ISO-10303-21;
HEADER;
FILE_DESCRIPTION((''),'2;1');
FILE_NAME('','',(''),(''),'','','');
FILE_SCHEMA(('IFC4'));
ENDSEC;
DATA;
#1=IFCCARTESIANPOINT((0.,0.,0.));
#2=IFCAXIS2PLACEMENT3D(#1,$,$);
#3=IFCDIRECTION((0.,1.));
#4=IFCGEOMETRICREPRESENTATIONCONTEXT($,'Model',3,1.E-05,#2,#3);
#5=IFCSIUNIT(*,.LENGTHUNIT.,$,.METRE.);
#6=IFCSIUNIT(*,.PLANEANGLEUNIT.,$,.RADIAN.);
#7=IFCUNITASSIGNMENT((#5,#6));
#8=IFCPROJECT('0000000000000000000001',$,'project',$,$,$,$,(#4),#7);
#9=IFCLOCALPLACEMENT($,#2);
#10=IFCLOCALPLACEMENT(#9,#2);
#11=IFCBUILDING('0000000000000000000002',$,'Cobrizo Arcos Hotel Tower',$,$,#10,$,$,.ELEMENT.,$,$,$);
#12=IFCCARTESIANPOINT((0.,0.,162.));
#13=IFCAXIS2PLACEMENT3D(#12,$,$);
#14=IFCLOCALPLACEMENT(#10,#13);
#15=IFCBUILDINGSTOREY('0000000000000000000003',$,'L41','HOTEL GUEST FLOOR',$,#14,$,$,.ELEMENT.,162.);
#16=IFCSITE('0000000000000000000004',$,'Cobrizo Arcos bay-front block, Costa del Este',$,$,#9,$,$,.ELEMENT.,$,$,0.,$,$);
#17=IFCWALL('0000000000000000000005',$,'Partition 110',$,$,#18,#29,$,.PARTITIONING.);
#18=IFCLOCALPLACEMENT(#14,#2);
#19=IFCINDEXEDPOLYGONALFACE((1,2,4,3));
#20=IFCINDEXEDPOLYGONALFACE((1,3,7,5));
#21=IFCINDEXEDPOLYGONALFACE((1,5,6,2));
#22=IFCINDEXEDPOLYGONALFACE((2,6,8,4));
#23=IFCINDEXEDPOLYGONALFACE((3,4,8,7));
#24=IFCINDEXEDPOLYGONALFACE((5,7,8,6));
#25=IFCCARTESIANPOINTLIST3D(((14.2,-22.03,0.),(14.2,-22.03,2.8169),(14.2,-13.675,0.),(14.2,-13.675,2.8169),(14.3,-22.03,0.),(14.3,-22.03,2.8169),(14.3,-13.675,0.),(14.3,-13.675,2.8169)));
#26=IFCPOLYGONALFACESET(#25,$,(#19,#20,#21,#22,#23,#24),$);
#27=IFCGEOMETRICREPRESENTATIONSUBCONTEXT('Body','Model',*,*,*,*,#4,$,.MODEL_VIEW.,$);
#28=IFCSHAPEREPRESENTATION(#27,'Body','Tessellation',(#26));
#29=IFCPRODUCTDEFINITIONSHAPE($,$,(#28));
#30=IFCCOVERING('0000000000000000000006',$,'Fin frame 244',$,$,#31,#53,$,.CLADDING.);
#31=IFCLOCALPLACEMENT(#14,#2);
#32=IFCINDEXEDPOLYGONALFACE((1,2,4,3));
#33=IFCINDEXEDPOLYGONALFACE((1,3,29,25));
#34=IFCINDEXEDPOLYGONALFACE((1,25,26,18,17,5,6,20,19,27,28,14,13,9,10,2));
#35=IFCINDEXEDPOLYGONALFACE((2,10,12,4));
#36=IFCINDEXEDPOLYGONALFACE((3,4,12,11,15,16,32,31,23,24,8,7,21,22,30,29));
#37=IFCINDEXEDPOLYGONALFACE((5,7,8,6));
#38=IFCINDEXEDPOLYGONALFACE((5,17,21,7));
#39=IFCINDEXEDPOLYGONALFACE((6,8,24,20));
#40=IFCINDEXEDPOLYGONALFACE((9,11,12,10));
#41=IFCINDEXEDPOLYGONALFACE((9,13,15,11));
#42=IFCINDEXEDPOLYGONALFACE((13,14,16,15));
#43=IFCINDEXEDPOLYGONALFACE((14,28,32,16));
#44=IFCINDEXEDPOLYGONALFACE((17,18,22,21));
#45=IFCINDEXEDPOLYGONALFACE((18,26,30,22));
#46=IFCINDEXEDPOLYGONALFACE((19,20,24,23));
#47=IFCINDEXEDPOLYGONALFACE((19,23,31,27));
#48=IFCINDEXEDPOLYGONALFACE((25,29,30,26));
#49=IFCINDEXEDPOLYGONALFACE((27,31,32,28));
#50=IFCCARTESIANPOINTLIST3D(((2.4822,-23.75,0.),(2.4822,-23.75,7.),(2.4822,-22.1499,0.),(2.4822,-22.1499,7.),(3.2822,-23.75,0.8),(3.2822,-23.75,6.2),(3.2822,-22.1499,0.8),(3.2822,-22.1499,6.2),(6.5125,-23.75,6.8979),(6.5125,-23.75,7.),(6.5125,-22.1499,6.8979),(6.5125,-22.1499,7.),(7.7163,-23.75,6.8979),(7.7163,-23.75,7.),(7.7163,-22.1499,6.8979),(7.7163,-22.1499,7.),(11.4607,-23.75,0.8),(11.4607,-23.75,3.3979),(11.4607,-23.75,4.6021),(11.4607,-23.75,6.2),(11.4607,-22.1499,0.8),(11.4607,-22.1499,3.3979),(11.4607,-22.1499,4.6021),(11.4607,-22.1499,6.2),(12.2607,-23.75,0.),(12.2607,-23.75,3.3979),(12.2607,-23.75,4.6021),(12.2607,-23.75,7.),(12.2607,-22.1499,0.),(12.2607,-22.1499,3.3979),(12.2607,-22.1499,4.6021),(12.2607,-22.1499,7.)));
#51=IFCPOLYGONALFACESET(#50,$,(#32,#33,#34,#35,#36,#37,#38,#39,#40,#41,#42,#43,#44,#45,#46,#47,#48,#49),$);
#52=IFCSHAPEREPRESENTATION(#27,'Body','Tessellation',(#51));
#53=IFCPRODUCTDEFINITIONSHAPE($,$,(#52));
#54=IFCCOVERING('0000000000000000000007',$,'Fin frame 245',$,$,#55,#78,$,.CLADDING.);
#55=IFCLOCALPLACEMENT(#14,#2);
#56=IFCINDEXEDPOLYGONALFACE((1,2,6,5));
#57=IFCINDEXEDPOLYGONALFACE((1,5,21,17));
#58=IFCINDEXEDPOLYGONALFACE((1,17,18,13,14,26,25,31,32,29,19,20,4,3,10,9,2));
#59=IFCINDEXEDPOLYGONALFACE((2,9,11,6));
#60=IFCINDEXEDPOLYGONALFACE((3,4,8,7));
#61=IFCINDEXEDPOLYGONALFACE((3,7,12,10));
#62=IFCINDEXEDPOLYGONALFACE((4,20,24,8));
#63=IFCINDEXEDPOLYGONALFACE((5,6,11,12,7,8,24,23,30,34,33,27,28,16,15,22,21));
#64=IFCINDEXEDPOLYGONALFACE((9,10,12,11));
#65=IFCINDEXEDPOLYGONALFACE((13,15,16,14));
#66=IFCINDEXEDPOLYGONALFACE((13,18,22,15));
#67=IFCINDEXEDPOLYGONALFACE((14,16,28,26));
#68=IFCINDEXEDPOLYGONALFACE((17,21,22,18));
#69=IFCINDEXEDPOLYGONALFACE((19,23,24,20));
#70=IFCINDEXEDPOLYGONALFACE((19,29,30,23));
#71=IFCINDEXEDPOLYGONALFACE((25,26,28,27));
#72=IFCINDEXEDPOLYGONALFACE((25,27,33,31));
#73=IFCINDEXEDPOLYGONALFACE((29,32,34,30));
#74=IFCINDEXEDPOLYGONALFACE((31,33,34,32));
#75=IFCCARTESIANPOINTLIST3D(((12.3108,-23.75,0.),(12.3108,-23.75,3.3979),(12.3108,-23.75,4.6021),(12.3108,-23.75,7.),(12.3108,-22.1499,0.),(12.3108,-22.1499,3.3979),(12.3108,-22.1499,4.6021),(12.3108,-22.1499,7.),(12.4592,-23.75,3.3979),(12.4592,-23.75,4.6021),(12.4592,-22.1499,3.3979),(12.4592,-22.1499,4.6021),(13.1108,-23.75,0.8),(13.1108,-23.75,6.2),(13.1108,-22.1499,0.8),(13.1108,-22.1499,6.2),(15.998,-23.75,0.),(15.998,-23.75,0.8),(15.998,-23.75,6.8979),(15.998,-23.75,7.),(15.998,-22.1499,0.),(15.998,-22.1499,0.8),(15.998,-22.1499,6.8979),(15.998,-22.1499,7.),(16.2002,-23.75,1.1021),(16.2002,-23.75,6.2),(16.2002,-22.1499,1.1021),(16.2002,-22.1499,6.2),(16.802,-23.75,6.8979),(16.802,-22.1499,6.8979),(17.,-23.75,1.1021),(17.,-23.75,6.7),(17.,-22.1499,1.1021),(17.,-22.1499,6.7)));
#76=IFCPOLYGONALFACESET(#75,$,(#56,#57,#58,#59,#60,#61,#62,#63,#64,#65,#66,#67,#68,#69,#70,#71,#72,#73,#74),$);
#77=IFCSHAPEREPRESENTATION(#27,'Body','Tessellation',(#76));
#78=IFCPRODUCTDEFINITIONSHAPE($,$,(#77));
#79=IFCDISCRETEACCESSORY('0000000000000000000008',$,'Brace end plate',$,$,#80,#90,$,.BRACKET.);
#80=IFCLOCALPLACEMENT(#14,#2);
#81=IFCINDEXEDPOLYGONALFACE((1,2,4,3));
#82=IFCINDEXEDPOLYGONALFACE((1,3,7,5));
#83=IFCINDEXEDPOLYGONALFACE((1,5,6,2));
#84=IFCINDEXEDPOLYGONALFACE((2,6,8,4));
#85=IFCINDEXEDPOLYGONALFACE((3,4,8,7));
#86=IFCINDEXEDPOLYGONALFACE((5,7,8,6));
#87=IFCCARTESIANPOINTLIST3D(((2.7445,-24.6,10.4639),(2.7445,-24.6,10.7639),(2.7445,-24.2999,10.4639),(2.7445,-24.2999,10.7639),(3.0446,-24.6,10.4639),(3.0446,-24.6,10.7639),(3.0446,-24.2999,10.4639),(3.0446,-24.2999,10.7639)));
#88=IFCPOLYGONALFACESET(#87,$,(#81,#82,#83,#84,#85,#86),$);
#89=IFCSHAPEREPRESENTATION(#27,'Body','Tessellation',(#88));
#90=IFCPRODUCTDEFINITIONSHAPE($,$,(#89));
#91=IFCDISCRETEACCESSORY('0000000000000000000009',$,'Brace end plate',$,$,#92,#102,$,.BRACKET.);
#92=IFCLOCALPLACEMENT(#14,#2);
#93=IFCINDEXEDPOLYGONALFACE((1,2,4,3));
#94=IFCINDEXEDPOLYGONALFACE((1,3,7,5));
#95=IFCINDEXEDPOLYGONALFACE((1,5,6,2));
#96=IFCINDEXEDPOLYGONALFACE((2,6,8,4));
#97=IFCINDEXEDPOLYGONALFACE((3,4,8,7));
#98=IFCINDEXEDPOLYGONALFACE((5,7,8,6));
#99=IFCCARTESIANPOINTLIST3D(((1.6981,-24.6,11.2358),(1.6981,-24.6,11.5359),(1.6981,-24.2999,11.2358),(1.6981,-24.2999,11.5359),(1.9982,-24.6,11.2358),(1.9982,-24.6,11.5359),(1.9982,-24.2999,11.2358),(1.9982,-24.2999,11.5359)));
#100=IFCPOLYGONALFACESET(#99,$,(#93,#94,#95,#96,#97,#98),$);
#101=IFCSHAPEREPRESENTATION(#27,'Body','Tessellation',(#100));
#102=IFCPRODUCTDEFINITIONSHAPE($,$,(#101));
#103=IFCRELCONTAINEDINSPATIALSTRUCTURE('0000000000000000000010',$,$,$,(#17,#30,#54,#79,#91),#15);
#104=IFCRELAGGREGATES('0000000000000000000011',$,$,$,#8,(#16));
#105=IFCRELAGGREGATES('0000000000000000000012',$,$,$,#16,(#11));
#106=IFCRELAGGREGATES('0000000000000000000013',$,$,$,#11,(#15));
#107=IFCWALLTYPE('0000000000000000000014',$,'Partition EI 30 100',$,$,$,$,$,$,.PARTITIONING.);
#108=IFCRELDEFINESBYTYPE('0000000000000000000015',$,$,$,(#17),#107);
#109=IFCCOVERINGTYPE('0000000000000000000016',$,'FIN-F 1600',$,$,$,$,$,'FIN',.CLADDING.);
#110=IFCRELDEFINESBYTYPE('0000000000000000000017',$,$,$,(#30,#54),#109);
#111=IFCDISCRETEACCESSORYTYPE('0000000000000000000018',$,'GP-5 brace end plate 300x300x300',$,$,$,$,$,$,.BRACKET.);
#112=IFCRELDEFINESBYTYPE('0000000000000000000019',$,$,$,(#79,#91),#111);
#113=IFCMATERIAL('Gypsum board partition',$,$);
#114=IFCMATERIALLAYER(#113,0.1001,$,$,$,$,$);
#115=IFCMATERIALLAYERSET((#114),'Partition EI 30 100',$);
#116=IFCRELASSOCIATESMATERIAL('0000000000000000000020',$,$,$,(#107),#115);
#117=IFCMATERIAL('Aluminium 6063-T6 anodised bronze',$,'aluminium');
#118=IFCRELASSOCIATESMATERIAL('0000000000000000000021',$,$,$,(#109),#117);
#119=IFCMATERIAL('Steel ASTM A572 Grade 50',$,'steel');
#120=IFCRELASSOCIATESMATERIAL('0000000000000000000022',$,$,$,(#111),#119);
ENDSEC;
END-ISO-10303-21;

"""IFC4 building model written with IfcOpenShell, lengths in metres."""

from ifc_helpers import new_model, si_unit, direction, frame, frame_2d, origin, origin_2d, place, context, subcontext, project, spatial, polyline, rectangle, outline, extrude, material, layer, layer_set, type_object, element, save


model = new_model("IFC4")

# Units and contexts
model_context = context("Model", 3, precision=1e-05, world=origin(), true_north=direction((0.0, 1.0)))
body_context = subcontext(model_context, "Body", "Model", "MODEL_VIEW")
ifc_project = project(units=[si_unit("LENGTHUNIT", "METRE"), si_unit("PLANEANGLEUNIT", "RADIAN")], contexts=[model_context])

# Site, building, storey
site_placement = place(None, origin())
site = spatial("IfcSite", under=ifc_project, at=site_placement, Name="Cobrizo Arcos bay-front block, Costa del Este", CompositionType="ELEMENT", RefElevation=0.0)
building_placement = place(site_placement, origin())
building = spatial("IfcBuilding", under=site, at=building_placement, Name="Cobrizo Arcos Hotel Tower", CompositionType="ELEMENT")
storey_placement = place(building_placement, frame((0.0, 0.0, 162.0)))
storey = spatial("IfcBuildingStorey", under=building, at=storey_placement, Name="L41", Description="HOTEL GUEST FLOOR", CompositionType="ELEMENT", Elevation=162.0)

# Shared definitions
ifc_material_1 = material(Name="Steel ASTM A572 Grade 50", Category="steel")

# Shared definitions
ifc_material_2 = material(Name="Aluminium 6063-T6 anodised bronze", Category="aluminium")

# Shared definitions
ifc_material_3 = material(Name="Gypsum board partition")
ifc_layer_1 = layer(ifc_material_3, 0.1001)
ifc_layer_set_1 = layer_set([ifc_layer_1], Name="Partition EI 30 100")
wall_type = type_object("IfcWallType", Name="Partition EI 30 100", PredefinedType="PARTITIONING", material=ifc_layer_set_1)

# Wall
wall_1_placement = place(storey_placement, frame((14.25, -22.03, 0.0), z_axis=(0.0, 0.0, 1.0), x_axis=(0.0, 1.0, 0.0)))
element("IfcWall", 1, at=wall_1_placement, inside=storey, type_object=wall_type, Name="Partition 110", PredefinedType="PARTITIONING", context=body_context, shape_type="SweptSolid", body=[
    extrude(rectangle(XDim=8.355, YDim=0.1001, at=frame_2d((4.1775, 0.0))), origin(), (0.0, 0.0, 1.0), 2.8169),
])

# Coverings
covering_type = type_object("IfcCoveringType", Name="FIN-F 1600", ElementType="FIN", PredefinedType="CLADDING", material=ifc_material_2)
covering_1_placement = place(storey_placement, frame((2.4822, -22.1499, 0.0), z_axis=(0.0, -1.0, 0.0), x_axis=(1.0, 0.0, 0.0)))
element("IfcCovering", 2, at=covering_1_placement, inside=storey, type_object=covering_type, Name="Fin frame 244", PredefinedType="CLADDING", context=body_context, shape_type="SweptSolid", body=[
    extrude(outline(polyline([(9.7786, 0.0), (9.7786, 3.3979), (8.9785, 3.3979), (8.9785, 0.8), (0.8, 0.8), (0.8, 6.2), (8.9785, 6.2), (8.9785, 4.6021), (9.7786, 4.6021), (9.7786, 7.0), (5.2341, 7.0), (5.2341, 6.8979), (4.0303, 6.8979), (4.0303, 7.0), (0.0, 7.0), (0.0, 0.0), (9.7786, 0.0)])), origin(), (0.0, 0.0, 1.0), 1.6001),
])
covering_2_placement = place(storey_placement, frame((12.3108, -22.1499, 0.0), z_axis=(0.0, -1.0, 0.0), x_axis=(1.0, 0.0, 0.0)))
element("IfcCovering", 3, at=covering_2_placement, inside=storey, type_object=covering_type, Name="Fin frame 245", PredefinedType="CLADDING", context=body_context, shape_type="SweptSolid", body=[
    extrude(outline(polyline([(0.0, 0.0), (3.6873, 0.0), (3.6873, 0.8), (0.8, 0.8), (0.8, 6.2), (3.8894, 6.2), (3.8894, 1.1021), (4.6892, 1.1021), (4.6892, 6.7), (4.4912, 6.8979), (3.6873, 6.8979), (3.6873, 7.0), (0.0, 7.0), (0.0, 4.6021), (0.1484, 4.6021), (0.1484, 3.3979), (0.0, 3.3979), (0.0, 0.0)])), origin(), (0.0, 0.0, 1.0), 1.6001),
])

# Discrete accessories
discrete_accessory_type = type_object("IfcDiscreteAccessoryType", Name="GP-5 brace end plate 300x300x300", PredefinedType="BRACKET", material=ifc_material_1)
for number, where, z_axis, x_axis, name in (
    (4, (2.8945, -24.45, 10.4639), (0.0, 0.0, 1.0), (1.0, 0.0, 0.0), "Brace end plate"),
    (5, (1.8481, -24.45, 11.2358), (0.0, 0.0, 1.0), (1.0, 0.0, 0.0), "Brace end plate"),
):
    element("IfcDiscreteAccessory", number, at=place(storey_placement, frame(where, z_axis=z_axis, x_axis=x_axis)), inside=storey, type_object=discrete_accessory_type, Name=name, PredefinedType="BRACKET", context=body_context, shape_type="SweptSolid", body=[
        extrude(rectangle(XDim=0.3, YDim=0.3, at=origin_2d()), origin(), (0.0, 0.0, 1.0), 0.3),
    ])

save(model, "model.ifc")
